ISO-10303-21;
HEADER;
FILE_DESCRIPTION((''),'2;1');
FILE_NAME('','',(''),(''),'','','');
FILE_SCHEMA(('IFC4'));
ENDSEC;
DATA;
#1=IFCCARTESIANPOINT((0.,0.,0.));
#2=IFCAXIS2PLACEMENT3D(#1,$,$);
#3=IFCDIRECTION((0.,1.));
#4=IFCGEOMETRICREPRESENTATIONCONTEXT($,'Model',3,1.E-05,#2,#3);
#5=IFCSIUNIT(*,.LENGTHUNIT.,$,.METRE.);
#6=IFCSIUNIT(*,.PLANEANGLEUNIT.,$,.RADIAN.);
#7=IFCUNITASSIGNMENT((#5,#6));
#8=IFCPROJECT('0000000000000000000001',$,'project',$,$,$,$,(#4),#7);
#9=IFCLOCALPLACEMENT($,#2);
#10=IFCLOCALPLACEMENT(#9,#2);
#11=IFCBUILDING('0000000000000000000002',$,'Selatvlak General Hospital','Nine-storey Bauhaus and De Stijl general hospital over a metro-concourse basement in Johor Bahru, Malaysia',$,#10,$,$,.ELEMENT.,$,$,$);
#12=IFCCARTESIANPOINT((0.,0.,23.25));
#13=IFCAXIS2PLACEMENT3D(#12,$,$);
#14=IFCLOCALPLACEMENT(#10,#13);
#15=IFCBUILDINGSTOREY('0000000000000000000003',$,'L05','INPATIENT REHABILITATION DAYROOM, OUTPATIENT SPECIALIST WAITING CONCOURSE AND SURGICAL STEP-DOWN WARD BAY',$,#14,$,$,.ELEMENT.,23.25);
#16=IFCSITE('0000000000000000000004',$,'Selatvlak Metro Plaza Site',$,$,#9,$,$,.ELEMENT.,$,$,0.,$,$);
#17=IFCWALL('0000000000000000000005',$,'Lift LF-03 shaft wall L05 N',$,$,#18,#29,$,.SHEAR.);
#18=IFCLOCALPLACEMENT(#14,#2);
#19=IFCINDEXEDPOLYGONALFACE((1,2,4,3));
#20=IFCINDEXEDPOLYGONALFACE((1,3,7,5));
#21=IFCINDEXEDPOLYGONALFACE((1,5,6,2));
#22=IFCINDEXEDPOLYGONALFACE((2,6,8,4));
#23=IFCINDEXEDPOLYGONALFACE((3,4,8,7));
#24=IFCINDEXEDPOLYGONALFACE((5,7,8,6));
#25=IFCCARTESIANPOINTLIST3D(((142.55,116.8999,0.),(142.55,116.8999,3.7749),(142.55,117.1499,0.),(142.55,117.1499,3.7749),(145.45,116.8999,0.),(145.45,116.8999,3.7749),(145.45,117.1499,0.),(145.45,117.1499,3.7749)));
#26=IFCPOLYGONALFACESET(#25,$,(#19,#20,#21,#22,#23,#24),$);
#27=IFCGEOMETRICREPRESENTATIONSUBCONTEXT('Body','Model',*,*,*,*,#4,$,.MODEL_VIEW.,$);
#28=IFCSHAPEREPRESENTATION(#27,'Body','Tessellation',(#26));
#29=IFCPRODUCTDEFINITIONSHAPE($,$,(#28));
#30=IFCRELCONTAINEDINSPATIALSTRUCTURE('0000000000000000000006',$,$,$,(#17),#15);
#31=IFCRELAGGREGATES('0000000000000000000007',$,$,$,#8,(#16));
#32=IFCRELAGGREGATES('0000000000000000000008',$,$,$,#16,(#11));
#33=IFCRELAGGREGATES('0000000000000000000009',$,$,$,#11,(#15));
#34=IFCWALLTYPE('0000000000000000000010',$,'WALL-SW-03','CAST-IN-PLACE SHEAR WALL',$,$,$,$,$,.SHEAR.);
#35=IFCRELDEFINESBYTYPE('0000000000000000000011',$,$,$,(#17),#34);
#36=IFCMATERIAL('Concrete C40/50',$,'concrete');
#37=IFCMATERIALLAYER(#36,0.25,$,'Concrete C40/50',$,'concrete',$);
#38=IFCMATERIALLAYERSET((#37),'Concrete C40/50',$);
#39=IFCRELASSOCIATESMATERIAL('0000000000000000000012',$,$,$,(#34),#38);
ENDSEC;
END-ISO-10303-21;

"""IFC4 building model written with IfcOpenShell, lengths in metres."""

from ifc_helpers import new_model, si_unit, direction, frame, frame_2d, origin, place, context, subcontext, project, spatial, rectangle, extrude, material, layer, layer_set, type_object, element, save


model = new_model("IFC4")

# Units and contexts
model_context = context("Model", 3, precision=1e-05, world=origin(), true_north=direction((0.0, 1.0)))
body_context = subcontext(model_context, "Body", "Model", "MODEL_VIEW")
ifc_project = project(units=[si_unit("LENGTHUNIT", "METRE"), si_unit("PLANEANGLEUNIT", "RADIAN")], contexts=[model_context])

# Site, building, storey
site_placement = place(None, origin())
site = spatial("IfcSite", under=ifc_project, at=site_placement, Name="Selatvlak Metro Plaza Site", CompositionType="ELEMENT", RefElevation=0.0)
building_placement = place(site_placement, origin())
building = spatial("IfcBuilding", under=site, at=building_placement, Name="Selatvlak General Hospital", Description="Nine-storey Bauhaus and De Stijl general hospital over a metro-concourse basement in Johor Bahru, Malaysia", CompositionType="ELEMENT")
storey_placement = place(building_placement, frame((0.0, 0.0, 23.25)))
storey = spatial("IfcBuildingStorey", under=building, at=storey_placement, Name="L05", Description="INPATIENT REHABILITATION DAYROOM, OUTPATIENT SPECIALIST WAITING CONCOURSE AND SURGICAL STEP-DOWN WARD BAY", CompositionType="ELEMENT", Elevation=23.25)

# Shared definitions
ifc_material_1 = material(Name="Concrete C40/50", Category="concrete")

# Wall
ifc_layer_1 = layer(ifc_material_1, 0.25, Name="Concrete C40/50", Category="concrete")
ifc_layer_set_1 = layer_set([ifc_layer_1], Name="Concrete C40/50")
wall_type_1 = type_object("IfcWallType", Name="WALL-SW-03", Description="CAST-IN-PLACE SHEAR WALL", PredefinedType="SHEAR", material=ifc_layer_set_1)
wall_1_placement = place(storey_placement, frame((145.45, 117.0249, 0.0), z_axis=(0.0, 0.0, 1.0), x_axis=(-1.0, 0.0, 0.0)))
element("IfcWall", 1, at=wall_1_placement, inside=storey, type_object=wall_type_1, Name="Lift LF-03 shaft wall L05 N", PredefinedType="SHEAR", context=body_context, shape_type="SweptSolid", body=[
    extrude(rectangle(XDim=2.8999, YDim=0.25, at=frame_2d((1.45, 0.0))), origin(), (0.0, 0.0, 1.0), 3.7749),
])

save(model, "model.ifc")
